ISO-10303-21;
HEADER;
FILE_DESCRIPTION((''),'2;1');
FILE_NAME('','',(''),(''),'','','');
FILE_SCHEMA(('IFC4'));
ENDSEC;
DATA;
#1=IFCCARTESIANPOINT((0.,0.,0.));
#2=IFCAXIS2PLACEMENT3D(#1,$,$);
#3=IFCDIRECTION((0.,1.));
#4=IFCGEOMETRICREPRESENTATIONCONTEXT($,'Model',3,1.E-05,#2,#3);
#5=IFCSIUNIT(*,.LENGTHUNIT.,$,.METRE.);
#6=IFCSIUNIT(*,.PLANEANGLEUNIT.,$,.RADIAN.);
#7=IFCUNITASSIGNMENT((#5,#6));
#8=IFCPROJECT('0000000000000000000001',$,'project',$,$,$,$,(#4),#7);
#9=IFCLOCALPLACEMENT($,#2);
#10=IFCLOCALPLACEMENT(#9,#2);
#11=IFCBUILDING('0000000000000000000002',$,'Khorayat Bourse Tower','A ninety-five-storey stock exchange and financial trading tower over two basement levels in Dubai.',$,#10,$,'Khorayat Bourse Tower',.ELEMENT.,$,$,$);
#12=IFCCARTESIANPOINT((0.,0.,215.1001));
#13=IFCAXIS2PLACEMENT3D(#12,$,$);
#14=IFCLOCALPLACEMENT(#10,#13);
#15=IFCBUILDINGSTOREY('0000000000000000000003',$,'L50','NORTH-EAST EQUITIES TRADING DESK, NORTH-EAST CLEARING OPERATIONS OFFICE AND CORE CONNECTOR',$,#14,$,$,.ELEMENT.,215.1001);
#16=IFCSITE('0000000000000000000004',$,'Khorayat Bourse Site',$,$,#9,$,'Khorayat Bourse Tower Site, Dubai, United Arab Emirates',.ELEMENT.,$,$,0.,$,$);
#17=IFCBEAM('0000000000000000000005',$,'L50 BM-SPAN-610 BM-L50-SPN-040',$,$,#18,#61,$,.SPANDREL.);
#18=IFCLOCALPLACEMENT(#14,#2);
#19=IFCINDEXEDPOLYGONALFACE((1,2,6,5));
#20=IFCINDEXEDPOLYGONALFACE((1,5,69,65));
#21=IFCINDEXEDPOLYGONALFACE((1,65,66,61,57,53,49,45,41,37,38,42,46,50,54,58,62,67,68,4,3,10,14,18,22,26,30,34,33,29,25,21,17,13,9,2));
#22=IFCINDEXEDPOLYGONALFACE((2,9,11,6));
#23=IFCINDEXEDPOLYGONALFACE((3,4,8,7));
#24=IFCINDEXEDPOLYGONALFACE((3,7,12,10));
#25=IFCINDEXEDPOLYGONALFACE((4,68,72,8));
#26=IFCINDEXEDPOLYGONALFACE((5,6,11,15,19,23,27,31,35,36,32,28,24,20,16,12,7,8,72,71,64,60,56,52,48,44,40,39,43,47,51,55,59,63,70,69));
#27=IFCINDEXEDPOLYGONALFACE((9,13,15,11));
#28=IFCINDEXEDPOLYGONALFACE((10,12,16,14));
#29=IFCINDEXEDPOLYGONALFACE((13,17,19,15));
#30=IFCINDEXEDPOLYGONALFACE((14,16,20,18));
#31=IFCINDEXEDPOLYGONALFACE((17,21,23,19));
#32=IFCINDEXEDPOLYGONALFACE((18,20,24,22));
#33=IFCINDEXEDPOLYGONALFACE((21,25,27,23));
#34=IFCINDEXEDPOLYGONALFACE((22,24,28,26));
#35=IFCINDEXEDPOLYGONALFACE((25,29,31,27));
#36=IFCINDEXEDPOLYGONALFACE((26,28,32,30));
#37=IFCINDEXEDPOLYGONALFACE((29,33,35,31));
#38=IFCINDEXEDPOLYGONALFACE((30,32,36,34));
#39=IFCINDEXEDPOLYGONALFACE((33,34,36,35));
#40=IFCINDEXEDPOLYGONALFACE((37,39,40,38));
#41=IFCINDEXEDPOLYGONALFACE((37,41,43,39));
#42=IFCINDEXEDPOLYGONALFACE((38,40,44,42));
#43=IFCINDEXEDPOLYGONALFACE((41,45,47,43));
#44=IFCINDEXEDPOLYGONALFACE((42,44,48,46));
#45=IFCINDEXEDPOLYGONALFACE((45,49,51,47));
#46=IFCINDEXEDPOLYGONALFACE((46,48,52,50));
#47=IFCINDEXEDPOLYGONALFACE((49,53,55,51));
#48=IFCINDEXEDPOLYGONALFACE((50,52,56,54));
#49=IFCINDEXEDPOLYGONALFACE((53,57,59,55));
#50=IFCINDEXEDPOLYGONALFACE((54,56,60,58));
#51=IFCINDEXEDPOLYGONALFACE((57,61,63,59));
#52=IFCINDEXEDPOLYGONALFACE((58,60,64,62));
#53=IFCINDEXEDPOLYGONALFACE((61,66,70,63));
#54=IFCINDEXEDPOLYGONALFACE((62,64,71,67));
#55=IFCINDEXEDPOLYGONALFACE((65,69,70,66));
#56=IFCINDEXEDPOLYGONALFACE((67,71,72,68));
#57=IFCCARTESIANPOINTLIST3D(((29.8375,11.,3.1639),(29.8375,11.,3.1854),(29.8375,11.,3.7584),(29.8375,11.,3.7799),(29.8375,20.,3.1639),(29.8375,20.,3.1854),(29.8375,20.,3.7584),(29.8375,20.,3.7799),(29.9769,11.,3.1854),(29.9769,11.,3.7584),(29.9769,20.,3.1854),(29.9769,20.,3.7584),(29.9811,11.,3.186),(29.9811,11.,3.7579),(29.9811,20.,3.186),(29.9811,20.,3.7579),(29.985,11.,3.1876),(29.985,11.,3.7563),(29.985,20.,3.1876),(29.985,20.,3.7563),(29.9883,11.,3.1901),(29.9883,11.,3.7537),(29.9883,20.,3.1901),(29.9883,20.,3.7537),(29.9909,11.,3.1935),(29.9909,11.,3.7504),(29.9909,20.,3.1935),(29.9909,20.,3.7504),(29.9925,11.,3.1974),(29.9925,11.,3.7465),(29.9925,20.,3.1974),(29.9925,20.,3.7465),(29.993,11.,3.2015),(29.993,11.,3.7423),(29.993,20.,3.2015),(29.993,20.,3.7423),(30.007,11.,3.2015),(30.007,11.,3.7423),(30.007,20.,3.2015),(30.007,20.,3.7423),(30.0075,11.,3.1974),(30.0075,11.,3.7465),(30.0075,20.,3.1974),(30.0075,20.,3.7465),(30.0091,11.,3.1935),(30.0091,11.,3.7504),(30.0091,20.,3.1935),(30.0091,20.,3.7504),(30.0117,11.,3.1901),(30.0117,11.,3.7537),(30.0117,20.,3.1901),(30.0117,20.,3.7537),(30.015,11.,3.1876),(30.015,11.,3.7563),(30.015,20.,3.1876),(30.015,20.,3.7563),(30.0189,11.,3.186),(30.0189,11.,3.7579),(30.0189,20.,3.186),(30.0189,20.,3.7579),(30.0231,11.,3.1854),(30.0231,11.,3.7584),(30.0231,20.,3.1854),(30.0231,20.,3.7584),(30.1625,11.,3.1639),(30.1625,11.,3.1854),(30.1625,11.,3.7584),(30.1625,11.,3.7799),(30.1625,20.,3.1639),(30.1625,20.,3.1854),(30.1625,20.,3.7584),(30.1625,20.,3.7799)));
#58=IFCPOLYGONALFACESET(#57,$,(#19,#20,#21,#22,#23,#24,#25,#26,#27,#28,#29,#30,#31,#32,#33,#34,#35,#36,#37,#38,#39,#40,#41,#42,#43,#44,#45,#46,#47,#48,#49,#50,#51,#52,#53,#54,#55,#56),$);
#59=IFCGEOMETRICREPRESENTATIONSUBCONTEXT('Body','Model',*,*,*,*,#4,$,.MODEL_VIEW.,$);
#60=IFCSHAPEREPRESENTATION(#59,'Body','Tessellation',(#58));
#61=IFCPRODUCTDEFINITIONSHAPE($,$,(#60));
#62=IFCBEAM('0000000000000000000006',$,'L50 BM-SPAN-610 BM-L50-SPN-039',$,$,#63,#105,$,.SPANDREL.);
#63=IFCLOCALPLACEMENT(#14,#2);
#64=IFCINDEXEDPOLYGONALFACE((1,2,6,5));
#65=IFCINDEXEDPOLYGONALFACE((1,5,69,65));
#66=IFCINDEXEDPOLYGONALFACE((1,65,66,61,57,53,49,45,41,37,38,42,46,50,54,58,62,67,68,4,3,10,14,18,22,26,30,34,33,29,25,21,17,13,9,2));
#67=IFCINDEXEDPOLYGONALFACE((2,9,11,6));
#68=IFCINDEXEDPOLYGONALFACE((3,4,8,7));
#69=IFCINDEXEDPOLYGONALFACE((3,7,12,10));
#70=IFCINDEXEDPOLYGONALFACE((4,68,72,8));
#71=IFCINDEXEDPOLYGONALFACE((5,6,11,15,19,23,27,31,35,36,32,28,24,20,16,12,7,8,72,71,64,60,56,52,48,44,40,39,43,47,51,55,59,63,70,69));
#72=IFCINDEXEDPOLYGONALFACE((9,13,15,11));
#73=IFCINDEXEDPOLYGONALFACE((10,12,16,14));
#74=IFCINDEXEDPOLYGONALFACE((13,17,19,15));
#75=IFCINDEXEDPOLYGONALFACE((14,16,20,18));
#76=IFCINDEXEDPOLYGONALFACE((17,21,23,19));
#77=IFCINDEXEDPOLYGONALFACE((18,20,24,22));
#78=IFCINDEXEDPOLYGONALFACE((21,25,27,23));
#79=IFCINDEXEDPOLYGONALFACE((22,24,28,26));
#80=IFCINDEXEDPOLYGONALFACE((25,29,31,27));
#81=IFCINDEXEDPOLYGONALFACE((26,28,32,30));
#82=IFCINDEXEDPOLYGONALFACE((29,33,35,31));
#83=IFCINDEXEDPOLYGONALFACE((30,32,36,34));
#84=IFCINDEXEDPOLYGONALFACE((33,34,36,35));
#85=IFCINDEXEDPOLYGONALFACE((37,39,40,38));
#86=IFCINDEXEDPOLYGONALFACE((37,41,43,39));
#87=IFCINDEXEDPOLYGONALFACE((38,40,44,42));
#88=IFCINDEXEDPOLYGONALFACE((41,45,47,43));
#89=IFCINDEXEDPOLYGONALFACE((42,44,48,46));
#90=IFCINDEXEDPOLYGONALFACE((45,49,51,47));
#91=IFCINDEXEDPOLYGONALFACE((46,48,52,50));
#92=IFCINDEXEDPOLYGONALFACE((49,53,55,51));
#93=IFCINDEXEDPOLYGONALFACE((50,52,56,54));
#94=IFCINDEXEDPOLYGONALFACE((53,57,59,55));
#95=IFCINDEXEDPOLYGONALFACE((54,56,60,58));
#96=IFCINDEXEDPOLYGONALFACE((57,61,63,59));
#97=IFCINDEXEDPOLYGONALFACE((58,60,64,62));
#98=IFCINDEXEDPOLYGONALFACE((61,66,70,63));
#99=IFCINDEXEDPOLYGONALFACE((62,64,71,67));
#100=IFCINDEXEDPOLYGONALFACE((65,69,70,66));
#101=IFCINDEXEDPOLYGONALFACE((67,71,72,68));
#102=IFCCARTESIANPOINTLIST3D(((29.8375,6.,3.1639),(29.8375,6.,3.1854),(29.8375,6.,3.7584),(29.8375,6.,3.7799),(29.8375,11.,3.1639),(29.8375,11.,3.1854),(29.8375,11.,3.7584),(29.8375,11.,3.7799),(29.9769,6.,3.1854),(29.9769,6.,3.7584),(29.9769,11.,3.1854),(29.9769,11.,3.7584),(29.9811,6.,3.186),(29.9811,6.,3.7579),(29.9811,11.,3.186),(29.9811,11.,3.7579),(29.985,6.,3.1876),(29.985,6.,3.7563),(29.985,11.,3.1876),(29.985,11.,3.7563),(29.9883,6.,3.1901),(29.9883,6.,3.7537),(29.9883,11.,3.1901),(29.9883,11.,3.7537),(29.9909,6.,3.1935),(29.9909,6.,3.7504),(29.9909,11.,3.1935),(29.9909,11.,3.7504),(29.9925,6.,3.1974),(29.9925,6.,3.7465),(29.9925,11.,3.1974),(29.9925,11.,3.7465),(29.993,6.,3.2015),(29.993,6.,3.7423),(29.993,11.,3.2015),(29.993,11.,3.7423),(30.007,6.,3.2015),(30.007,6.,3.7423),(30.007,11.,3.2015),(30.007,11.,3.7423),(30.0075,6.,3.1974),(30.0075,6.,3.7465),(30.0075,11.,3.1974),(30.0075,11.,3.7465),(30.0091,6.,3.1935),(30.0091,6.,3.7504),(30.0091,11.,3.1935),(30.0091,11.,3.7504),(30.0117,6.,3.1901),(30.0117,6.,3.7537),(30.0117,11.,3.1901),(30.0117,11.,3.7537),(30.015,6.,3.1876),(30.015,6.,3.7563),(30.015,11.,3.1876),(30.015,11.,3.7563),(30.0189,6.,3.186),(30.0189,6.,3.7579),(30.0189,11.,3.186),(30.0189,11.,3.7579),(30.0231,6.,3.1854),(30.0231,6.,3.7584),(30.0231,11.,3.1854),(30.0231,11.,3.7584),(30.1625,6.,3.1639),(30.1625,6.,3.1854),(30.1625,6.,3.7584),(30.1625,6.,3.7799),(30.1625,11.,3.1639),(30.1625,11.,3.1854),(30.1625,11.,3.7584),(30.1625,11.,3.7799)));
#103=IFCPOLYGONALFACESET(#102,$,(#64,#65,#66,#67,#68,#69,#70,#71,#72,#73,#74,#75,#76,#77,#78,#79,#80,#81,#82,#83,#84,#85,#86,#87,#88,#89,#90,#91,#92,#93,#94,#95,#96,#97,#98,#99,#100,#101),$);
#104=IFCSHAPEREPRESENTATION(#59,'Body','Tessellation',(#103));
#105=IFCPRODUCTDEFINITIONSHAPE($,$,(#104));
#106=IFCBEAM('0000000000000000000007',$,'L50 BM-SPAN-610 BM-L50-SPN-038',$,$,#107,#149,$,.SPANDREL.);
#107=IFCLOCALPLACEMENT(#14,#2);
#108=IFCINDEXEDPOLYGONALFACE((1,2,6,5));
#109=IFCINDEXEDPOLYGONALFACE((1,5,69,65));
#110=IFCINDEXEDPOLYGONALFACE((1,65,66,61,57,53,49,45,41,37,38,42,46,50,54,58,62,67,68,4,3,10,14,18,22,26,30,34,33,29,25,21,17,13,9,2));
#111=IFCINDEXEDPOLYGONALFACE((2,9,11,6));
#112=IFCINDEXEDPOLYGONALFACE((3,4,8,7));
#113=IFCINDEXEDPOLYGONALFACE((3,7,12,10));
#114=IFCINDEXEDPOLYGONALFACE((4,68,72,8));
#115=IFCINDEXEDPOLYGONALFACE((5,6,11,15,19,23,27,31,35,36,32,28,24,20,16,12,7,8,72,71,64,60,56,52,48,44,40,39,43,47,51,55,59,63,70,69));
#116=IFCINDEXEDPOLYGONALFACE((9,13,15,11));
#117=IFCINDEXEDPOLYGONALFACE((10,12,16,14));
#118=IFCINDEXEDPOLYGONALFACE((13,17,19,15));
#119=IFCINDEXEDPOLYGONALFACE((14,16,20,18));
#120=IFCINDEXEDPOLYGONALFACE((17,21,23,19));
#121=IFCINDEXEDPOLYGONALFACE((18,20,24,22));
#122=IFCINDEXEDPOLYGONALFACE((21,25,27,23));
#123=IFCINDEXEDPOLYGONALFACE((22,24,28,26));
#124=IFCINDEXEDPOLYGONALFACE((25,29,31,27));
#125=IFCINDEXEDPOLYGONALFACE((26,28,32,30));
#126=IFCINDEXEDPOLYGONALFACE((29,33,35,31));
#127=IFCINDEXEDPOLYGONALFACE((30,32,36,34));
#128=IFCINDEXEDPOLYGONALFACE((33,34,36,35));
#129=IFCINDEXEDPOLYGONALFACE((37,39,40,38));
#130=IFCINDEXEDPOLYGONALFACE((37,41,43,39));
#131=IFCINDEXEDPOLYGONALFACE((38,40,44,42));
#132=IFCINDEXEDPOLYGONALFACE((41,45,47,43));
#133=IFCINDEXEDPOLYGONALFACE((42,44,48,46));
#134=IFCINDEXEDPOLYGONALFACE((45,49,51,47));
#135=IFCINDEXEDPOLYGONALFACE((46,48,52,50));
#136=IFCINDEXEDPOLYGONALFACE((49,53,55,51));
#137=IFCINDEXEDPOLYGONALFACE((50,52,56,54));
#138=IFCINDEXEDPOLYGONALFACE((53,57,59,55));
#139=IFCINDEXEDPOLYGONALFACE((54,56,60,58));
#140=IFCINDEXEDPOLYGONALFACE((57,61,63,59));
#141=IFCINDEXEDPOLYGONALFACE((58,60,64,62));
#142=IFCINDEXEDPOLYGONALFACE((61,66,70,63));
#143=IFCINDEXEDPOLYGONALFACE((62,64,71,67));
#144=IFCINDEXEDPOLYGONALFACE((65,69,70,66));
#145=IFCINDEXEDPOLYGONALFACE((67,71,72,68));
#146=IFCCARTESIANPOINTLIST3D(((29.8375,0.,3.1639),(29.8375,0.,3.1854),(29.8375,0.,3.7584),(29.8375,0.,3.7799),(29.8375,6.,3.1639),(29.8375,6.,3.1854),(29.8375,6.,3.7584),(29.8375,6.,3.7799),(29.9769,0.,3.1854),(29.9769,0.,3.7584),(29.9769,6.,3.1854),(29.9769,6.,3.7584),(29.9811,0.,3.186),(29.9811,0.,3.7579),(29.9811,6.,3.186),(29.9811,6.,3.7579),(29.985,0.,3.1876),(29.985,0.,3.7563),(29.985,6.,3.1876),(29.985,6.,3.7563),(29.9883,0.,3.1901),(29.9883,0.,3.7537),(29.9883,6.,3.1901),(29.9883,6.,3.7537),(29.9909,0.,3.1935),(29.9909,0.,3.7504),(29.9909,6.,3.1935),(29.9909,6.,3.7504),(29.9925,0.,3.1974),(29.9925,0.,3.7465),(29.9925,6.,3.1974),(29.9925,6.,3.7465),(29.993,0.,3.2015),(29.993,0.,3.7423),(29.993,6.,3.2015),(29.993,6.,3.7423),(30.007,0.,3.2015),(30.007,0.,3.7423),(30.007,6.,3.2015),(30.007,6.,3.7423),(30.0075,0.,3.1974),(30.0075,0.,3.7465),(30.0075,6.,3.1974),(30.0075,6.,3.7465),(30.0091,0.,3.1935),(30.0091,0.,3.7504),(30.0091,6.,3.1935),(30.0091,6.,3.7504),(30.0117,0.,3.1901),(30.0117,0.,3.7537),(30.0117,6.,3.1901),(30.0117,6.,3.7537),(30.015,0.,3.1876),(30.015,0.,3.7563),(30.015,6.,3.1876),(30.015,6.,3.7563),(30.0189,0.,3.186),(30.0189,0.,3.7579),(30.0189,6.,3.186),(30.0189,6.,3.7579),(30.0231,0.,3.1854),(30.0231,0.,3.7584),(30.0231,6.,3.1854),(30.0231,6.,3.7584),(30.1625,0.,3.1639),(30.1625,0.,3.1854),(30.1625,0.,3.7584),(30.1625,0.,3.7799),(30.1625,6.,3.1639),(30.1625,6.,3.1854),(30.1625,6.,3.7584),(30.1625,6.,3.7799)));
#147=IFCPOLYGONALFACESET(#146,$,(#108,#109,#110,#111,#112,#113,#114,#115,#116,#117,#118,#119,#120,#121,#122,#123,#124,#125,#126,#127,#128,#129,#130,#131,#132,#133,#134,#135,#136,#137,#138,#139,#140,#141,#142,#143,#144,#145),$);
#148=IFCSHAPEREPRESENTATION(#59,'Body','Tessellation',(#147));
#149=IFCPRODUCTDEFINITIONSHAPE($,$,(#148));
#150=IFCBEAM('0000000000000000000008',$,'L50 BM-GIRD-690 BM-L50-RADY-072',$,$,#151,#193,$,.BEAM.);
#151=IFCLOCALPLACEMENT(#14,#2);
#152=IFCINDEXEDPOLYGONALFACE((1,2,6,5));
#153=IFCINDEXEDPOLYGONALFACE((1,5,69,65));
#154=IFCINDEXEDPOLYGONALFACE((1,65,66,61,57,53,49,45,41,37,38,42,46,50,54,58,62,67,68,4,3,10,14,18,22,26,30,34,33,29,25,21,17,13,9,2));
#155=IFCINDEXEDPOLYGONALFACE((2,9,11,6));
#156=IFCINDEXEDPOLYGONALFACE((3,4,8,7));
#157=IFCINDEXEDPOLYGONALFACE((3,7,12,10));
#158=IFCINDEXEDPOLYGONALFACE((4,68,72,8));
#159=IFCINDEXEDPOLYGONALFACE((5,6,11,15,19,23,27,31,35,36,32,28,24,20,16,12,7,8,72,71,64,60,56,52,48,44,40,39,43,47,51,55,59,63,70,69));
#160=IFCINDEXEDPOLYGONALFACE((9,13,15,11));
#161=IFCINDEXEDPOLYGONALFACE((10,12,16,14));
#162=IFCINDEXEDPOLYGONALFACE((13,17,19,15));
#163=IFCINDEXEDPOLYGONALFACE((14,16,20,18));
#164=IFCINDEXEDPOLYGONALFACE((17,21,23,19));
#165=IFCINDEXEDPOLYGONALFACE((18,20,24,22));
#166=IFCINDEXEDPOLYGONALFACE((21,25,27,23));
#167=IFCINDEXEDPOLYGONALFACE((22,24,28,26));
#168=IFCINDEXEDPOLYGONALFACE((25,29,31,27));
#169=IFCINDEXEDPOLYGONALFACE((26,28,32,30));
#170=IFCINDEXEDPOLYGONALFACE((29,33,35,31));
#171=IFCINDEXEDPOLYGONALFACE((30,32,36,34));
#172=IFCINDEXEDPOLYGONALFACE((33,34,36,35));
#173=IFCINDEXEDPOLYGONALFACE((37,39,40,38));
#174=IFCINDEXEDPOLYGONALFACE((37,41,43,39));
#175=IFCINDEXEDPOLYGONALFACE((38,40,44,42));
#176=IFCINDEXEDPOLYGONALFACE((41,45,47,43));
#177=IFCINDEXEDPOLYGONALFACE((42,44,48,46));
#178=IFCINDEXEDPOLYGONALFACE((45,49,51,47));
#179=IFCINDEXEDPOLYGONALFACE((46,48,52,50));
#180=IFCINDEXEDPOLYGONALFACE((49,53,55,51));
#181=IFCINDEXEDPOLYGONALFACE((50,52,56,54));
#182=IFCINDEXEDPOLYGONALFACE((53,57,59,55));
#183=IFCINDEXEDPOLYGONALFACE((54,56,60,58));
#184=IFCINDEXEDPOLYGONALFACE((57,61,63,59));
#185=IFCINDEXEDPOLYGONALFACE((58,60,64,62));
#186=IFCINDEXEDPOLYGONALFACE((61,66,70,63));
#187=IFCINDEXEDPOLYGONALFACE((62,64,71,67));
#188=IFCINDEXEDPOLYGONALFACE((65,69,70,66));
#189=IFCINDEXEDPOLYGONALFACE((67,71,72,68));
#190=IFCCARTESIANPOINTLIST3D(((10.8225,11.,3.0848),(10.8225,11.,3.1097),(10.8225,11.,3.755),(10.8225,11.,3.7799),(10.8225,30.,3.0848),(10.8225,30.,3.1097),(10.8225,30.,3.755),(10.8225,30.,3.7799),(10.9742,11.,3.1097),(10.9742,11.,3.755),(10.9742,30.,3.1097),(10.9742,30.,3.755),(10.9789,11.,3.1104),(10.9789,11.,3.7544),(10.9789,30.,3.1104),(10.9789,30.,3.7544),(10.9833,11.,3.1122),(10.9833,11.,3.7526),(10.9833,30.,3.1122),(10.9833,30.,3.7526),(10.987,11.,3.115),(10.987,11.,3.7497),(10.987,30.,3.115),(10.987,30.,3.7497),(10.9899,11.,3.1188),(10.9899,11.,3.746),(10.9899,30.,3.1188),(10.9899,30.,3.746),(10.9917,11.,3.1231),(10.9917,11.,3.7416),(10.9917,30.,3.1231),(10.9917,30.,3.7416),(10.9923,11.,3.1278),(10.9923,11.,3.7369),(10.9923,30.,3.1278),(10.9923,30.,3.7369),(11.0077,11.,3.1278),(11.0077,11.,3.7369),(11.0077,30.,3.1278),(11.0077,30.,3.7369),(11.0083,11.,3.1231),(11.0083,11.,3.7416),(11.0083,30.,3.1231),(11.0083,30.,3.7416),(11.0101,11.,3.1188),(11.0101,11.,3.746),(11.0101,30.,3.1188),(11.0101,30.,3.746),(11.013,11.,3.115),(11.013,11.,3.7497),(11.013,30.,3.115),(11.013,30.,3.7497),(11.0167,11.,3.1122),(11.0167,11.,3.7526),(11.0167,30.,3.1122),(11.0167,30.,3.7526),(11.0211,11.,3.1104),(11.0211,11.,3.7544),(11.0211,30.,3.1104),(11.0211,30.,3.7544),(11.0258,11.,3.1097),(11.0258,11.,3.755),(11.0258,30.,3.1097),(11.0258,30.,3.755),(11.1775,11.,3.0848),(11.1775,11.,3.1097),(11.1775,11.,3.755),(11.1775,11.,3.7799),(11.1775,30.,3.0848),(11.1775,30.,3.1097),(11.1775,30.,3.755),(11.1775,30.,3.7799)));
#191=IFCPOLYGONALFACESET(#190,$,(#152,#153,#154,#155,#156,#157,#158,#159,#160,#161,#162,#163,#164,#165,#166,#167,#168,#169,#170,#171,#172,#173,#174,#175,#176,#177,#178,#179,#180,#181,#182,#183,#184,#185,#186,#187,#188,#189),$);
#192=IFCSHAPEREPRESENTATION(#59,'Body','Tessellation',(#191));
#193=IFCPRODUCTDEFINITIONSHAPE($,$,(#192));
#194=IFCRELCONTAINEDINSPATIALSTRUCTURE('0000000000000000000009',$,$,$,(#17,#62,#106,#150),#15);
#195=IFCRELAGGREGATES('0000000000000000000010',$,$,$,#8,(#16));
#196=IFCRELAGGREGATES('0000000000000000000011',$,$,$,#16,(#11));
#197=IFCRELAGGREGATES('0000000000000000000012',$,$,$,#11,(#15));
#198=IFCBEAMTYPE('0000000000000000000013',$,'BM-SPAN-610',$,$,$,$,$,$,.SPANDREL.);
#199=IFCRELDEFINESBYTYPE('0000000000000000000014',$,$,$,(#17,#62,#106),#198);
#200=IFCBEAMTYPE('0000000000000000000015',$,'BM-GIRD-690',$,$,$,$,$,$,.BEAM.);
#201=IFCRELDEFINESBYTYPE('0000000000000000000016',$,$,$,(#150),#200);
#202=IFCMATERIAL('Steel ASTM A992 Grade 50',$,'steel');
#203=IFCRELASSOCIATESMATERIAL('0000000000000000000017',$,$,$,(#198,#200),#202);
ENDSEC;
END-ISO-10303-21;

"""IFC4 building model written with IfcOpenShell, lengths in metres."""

from ifc_helpers import new_model, si_unit, direction, frame, origin, origin_2d, place, context, subcontext, project, spatial, i_section, extrude, source, transform, mapped, material, material_profile, profile_set, type_object, element, save


model = new_model("IFC4")

# Units and contexts
model_context = context("Model", 3, precision=1e-05, world=origin(), true_north=direction((0.0, 1.0)))
body_context = subcontext(model_context, "Body", "Model", "MODEL_VIEW")
ifc_project = project(units=[si_unit("LENGTHUNIT", "METRE"), si_unit("PLANEANGLEUNIT", "RADIAN")], contexts=[model_context])

# Site, building, storey
site_placement = place(None, origin())
site = spatial("IfcSite", under=ifc_project, at=site_placement, Name="Khorayat Bourse Site", LongName="Khorayat Bourse Tower Site, Dubai, United Arab Emirates", CompositionType="ELEMENT", RefElevation=0.0)
building_placement = place(site_placement, origin())
building = spatial("IfcBuilding", under=site, at=building_placement, Name="Khorayat Bourse Tower", Description="A ninety-five-storey stock exchange and financial trading tower over two basement levels in Dubai.", LongName="Khorayat Bourse Tower", CompositionType="ELEMENT")
storey_placement = place(building_placement, frame((0.0, 0.0, 215.1001)))
storey = spatial("IfcBuildingStorey", under=building, at=storey_placement, Name="L50", Description="NORTH-EAST EQUITIES TRADING DESK, NORTH-EAST CLEARING OPERATIONS OFFICE AND CORE CONNECTOR", CompositionType="ELEMENT", Elevation=215.1001)

# Beams
ifc_material_1 = material(Name="Steel ASTM A992 Grade 50", Category="steel")
ifc_material_profile_1 = material_profile(ifc_material_1, i_section(OverallWidth=0.325, OverallDepth=0.616, WebThickness=0.0139, FlangeThickness=0.0215, FilletRadius=0.0161, at=origin_2d()), Name="W610X174")
ifc_profile_set_1 = profile_set([ifc_material_profile_1], Name="Steel ASTM A992 Grade 50")
beam_type_1 = type_object("IfcBeamType", Name="BM-SPAN-610", PredefinedType="SPANDREL", material=ifc_profile_set_1)
shared_shape_1 = source(origin(), body_context, "Body", "SweptSolid", [
    extrude(i_section(OverallWidth=0.325, OverallDepth=0.616, WebThickness=0.0139, FlangeThickness=0.0215, FilletRadius=0.0161, at=origin_2d()), origin(), (0.0, 0.0, 1.0), 9.0),
])
beam_1_placement = place(storey_placement, frame((30.0, 11.0, 3.4719), z_axis=(0.0, 1.0, 0.0), x_axis=(-1.0, 0.0, 0.0)))
element("IfcBeam", 1, at=beam_1_placement, inside=storey, type_object=beam_type_1, Name="L50 BM-SPAN-610 BM-L50-SPN-040", PredefinedType="SPANDREL", context=body_context, shape_type="MappedRepresentation", body=[
    mapped(shared_shape_1, transform((0.0, 0.0, 0.0), scale=1.0)),
])
shared_shape_2 = source(origin(), body_context, "Body", "SweptSolid", [
    extrude(i_section(OverallWidth=0.325, OverallDepth=0.616, WebThickness=0.0139, FlangeThickness=0.0215, FilletRadius=0.0161, at=origin_2d()), origin(), (0.0, 0.0, 1.0), 5.0),
])
beam_2_placement = place(storey_placement, frame((30.0, 6.0, 3.4719), z_axis=(0.0, 1.0, 0.0), x_axis=(-1.0, 0.0, 0.0)))
element("IfcBeam", 2, at=beam_2_placement, inside=storey, type_object=beam_type_1, Name="L50 BM-SPAN-610 BM-L50-SPN-039", PredefinedType="SPANDREL", context=body_context, shape_type="MappedRepresentation", body=[
    mapped(shared_shape_2, transform((0.0, 0.0, 0.0), scale=1.0)),
])
shared_shape_3 = source(origin(), body_context, "Body", "SweptSolid", [
    extrude(i_section(OverallWidth=0.325, OverallDepth=0.616, WebThickness=0.0139, FlangeThickness=0.0215, FilletRadius=0.0161, at=origin_2d()), origin(), (0.0, 0.0, 1.0), 6.0),
])
beam_3_placement = place(storey_placement, frame((30.0, 0.0, 3.4719), z_axis=(0.0, 1.0, 0.0), x_axis=(-1.0, 0.0, 0.0)))
element("IfcBeam", 3, at=beam_3_placement, inside=storey, type_object=beam_type_1, Name="L50 BM-SPAN-610 BM-L50-SPN-038", PredefinedType="SPANDREL", context=body_context, shape_type="MappedRepresentation", body=[
    mapped(shared_shape_3, transform((0.0, 0.0, 0.0), scale=1.0)),
])
ifc_material_profile_2 = material_profile(ifc_material_1, i_section(OverallWidth=0.355, OverallDepth=0.6951, WebThickness=0.0154, FlangeThickness=0.0249, FilletRadius=0.0181, at=origin_2d()), Name="W690X217")
ifc_profile_set_2 = profile_set([ifc_material_profile_2], Name="Steel ASTM A992 Grade 50")
beam_type_2 = type_object("IfcBeamType", Name="BM-GIRD-690", PredefinedType="BEAM", material=ifc_profile_set_2)
shared_shape_4 = source(origin(), body_context, "Body", "SweptSolid", [
    extrude(i_section(OverallWidth=0.355, OverallDepth=0.6951, WebThickness=0.0154, FlangeThickness=0.0249, FilletRadius=0.0181, at=origin_2d()), origin(), (0.0, 0.0, 1.0), 19.0),
])
for number, where, z_axis, x_axis, name in (
    (4, (11.0, 11.0, 3.4324), (0.0, 1.0, 0.0), (-1.0, 0.0, 0.0), "L50 BM-GIRD-690 BM-L50-RADY-072"),
):
    element("IfcBeam", number, at=place(storey_placement, frame(where, z_axis=z_axis, x_axis=x_axis)), inside=storey, type_object=beam_type_2, Name=name, PredefinedType="BEAM", context=body_context, shape_type="MappedRepresentation", body=[
        mapped(shared_shape_4, transform((0.0, 0.0, 0.0), scale=1.0)),
    ])

save(model, "model.ifc")
